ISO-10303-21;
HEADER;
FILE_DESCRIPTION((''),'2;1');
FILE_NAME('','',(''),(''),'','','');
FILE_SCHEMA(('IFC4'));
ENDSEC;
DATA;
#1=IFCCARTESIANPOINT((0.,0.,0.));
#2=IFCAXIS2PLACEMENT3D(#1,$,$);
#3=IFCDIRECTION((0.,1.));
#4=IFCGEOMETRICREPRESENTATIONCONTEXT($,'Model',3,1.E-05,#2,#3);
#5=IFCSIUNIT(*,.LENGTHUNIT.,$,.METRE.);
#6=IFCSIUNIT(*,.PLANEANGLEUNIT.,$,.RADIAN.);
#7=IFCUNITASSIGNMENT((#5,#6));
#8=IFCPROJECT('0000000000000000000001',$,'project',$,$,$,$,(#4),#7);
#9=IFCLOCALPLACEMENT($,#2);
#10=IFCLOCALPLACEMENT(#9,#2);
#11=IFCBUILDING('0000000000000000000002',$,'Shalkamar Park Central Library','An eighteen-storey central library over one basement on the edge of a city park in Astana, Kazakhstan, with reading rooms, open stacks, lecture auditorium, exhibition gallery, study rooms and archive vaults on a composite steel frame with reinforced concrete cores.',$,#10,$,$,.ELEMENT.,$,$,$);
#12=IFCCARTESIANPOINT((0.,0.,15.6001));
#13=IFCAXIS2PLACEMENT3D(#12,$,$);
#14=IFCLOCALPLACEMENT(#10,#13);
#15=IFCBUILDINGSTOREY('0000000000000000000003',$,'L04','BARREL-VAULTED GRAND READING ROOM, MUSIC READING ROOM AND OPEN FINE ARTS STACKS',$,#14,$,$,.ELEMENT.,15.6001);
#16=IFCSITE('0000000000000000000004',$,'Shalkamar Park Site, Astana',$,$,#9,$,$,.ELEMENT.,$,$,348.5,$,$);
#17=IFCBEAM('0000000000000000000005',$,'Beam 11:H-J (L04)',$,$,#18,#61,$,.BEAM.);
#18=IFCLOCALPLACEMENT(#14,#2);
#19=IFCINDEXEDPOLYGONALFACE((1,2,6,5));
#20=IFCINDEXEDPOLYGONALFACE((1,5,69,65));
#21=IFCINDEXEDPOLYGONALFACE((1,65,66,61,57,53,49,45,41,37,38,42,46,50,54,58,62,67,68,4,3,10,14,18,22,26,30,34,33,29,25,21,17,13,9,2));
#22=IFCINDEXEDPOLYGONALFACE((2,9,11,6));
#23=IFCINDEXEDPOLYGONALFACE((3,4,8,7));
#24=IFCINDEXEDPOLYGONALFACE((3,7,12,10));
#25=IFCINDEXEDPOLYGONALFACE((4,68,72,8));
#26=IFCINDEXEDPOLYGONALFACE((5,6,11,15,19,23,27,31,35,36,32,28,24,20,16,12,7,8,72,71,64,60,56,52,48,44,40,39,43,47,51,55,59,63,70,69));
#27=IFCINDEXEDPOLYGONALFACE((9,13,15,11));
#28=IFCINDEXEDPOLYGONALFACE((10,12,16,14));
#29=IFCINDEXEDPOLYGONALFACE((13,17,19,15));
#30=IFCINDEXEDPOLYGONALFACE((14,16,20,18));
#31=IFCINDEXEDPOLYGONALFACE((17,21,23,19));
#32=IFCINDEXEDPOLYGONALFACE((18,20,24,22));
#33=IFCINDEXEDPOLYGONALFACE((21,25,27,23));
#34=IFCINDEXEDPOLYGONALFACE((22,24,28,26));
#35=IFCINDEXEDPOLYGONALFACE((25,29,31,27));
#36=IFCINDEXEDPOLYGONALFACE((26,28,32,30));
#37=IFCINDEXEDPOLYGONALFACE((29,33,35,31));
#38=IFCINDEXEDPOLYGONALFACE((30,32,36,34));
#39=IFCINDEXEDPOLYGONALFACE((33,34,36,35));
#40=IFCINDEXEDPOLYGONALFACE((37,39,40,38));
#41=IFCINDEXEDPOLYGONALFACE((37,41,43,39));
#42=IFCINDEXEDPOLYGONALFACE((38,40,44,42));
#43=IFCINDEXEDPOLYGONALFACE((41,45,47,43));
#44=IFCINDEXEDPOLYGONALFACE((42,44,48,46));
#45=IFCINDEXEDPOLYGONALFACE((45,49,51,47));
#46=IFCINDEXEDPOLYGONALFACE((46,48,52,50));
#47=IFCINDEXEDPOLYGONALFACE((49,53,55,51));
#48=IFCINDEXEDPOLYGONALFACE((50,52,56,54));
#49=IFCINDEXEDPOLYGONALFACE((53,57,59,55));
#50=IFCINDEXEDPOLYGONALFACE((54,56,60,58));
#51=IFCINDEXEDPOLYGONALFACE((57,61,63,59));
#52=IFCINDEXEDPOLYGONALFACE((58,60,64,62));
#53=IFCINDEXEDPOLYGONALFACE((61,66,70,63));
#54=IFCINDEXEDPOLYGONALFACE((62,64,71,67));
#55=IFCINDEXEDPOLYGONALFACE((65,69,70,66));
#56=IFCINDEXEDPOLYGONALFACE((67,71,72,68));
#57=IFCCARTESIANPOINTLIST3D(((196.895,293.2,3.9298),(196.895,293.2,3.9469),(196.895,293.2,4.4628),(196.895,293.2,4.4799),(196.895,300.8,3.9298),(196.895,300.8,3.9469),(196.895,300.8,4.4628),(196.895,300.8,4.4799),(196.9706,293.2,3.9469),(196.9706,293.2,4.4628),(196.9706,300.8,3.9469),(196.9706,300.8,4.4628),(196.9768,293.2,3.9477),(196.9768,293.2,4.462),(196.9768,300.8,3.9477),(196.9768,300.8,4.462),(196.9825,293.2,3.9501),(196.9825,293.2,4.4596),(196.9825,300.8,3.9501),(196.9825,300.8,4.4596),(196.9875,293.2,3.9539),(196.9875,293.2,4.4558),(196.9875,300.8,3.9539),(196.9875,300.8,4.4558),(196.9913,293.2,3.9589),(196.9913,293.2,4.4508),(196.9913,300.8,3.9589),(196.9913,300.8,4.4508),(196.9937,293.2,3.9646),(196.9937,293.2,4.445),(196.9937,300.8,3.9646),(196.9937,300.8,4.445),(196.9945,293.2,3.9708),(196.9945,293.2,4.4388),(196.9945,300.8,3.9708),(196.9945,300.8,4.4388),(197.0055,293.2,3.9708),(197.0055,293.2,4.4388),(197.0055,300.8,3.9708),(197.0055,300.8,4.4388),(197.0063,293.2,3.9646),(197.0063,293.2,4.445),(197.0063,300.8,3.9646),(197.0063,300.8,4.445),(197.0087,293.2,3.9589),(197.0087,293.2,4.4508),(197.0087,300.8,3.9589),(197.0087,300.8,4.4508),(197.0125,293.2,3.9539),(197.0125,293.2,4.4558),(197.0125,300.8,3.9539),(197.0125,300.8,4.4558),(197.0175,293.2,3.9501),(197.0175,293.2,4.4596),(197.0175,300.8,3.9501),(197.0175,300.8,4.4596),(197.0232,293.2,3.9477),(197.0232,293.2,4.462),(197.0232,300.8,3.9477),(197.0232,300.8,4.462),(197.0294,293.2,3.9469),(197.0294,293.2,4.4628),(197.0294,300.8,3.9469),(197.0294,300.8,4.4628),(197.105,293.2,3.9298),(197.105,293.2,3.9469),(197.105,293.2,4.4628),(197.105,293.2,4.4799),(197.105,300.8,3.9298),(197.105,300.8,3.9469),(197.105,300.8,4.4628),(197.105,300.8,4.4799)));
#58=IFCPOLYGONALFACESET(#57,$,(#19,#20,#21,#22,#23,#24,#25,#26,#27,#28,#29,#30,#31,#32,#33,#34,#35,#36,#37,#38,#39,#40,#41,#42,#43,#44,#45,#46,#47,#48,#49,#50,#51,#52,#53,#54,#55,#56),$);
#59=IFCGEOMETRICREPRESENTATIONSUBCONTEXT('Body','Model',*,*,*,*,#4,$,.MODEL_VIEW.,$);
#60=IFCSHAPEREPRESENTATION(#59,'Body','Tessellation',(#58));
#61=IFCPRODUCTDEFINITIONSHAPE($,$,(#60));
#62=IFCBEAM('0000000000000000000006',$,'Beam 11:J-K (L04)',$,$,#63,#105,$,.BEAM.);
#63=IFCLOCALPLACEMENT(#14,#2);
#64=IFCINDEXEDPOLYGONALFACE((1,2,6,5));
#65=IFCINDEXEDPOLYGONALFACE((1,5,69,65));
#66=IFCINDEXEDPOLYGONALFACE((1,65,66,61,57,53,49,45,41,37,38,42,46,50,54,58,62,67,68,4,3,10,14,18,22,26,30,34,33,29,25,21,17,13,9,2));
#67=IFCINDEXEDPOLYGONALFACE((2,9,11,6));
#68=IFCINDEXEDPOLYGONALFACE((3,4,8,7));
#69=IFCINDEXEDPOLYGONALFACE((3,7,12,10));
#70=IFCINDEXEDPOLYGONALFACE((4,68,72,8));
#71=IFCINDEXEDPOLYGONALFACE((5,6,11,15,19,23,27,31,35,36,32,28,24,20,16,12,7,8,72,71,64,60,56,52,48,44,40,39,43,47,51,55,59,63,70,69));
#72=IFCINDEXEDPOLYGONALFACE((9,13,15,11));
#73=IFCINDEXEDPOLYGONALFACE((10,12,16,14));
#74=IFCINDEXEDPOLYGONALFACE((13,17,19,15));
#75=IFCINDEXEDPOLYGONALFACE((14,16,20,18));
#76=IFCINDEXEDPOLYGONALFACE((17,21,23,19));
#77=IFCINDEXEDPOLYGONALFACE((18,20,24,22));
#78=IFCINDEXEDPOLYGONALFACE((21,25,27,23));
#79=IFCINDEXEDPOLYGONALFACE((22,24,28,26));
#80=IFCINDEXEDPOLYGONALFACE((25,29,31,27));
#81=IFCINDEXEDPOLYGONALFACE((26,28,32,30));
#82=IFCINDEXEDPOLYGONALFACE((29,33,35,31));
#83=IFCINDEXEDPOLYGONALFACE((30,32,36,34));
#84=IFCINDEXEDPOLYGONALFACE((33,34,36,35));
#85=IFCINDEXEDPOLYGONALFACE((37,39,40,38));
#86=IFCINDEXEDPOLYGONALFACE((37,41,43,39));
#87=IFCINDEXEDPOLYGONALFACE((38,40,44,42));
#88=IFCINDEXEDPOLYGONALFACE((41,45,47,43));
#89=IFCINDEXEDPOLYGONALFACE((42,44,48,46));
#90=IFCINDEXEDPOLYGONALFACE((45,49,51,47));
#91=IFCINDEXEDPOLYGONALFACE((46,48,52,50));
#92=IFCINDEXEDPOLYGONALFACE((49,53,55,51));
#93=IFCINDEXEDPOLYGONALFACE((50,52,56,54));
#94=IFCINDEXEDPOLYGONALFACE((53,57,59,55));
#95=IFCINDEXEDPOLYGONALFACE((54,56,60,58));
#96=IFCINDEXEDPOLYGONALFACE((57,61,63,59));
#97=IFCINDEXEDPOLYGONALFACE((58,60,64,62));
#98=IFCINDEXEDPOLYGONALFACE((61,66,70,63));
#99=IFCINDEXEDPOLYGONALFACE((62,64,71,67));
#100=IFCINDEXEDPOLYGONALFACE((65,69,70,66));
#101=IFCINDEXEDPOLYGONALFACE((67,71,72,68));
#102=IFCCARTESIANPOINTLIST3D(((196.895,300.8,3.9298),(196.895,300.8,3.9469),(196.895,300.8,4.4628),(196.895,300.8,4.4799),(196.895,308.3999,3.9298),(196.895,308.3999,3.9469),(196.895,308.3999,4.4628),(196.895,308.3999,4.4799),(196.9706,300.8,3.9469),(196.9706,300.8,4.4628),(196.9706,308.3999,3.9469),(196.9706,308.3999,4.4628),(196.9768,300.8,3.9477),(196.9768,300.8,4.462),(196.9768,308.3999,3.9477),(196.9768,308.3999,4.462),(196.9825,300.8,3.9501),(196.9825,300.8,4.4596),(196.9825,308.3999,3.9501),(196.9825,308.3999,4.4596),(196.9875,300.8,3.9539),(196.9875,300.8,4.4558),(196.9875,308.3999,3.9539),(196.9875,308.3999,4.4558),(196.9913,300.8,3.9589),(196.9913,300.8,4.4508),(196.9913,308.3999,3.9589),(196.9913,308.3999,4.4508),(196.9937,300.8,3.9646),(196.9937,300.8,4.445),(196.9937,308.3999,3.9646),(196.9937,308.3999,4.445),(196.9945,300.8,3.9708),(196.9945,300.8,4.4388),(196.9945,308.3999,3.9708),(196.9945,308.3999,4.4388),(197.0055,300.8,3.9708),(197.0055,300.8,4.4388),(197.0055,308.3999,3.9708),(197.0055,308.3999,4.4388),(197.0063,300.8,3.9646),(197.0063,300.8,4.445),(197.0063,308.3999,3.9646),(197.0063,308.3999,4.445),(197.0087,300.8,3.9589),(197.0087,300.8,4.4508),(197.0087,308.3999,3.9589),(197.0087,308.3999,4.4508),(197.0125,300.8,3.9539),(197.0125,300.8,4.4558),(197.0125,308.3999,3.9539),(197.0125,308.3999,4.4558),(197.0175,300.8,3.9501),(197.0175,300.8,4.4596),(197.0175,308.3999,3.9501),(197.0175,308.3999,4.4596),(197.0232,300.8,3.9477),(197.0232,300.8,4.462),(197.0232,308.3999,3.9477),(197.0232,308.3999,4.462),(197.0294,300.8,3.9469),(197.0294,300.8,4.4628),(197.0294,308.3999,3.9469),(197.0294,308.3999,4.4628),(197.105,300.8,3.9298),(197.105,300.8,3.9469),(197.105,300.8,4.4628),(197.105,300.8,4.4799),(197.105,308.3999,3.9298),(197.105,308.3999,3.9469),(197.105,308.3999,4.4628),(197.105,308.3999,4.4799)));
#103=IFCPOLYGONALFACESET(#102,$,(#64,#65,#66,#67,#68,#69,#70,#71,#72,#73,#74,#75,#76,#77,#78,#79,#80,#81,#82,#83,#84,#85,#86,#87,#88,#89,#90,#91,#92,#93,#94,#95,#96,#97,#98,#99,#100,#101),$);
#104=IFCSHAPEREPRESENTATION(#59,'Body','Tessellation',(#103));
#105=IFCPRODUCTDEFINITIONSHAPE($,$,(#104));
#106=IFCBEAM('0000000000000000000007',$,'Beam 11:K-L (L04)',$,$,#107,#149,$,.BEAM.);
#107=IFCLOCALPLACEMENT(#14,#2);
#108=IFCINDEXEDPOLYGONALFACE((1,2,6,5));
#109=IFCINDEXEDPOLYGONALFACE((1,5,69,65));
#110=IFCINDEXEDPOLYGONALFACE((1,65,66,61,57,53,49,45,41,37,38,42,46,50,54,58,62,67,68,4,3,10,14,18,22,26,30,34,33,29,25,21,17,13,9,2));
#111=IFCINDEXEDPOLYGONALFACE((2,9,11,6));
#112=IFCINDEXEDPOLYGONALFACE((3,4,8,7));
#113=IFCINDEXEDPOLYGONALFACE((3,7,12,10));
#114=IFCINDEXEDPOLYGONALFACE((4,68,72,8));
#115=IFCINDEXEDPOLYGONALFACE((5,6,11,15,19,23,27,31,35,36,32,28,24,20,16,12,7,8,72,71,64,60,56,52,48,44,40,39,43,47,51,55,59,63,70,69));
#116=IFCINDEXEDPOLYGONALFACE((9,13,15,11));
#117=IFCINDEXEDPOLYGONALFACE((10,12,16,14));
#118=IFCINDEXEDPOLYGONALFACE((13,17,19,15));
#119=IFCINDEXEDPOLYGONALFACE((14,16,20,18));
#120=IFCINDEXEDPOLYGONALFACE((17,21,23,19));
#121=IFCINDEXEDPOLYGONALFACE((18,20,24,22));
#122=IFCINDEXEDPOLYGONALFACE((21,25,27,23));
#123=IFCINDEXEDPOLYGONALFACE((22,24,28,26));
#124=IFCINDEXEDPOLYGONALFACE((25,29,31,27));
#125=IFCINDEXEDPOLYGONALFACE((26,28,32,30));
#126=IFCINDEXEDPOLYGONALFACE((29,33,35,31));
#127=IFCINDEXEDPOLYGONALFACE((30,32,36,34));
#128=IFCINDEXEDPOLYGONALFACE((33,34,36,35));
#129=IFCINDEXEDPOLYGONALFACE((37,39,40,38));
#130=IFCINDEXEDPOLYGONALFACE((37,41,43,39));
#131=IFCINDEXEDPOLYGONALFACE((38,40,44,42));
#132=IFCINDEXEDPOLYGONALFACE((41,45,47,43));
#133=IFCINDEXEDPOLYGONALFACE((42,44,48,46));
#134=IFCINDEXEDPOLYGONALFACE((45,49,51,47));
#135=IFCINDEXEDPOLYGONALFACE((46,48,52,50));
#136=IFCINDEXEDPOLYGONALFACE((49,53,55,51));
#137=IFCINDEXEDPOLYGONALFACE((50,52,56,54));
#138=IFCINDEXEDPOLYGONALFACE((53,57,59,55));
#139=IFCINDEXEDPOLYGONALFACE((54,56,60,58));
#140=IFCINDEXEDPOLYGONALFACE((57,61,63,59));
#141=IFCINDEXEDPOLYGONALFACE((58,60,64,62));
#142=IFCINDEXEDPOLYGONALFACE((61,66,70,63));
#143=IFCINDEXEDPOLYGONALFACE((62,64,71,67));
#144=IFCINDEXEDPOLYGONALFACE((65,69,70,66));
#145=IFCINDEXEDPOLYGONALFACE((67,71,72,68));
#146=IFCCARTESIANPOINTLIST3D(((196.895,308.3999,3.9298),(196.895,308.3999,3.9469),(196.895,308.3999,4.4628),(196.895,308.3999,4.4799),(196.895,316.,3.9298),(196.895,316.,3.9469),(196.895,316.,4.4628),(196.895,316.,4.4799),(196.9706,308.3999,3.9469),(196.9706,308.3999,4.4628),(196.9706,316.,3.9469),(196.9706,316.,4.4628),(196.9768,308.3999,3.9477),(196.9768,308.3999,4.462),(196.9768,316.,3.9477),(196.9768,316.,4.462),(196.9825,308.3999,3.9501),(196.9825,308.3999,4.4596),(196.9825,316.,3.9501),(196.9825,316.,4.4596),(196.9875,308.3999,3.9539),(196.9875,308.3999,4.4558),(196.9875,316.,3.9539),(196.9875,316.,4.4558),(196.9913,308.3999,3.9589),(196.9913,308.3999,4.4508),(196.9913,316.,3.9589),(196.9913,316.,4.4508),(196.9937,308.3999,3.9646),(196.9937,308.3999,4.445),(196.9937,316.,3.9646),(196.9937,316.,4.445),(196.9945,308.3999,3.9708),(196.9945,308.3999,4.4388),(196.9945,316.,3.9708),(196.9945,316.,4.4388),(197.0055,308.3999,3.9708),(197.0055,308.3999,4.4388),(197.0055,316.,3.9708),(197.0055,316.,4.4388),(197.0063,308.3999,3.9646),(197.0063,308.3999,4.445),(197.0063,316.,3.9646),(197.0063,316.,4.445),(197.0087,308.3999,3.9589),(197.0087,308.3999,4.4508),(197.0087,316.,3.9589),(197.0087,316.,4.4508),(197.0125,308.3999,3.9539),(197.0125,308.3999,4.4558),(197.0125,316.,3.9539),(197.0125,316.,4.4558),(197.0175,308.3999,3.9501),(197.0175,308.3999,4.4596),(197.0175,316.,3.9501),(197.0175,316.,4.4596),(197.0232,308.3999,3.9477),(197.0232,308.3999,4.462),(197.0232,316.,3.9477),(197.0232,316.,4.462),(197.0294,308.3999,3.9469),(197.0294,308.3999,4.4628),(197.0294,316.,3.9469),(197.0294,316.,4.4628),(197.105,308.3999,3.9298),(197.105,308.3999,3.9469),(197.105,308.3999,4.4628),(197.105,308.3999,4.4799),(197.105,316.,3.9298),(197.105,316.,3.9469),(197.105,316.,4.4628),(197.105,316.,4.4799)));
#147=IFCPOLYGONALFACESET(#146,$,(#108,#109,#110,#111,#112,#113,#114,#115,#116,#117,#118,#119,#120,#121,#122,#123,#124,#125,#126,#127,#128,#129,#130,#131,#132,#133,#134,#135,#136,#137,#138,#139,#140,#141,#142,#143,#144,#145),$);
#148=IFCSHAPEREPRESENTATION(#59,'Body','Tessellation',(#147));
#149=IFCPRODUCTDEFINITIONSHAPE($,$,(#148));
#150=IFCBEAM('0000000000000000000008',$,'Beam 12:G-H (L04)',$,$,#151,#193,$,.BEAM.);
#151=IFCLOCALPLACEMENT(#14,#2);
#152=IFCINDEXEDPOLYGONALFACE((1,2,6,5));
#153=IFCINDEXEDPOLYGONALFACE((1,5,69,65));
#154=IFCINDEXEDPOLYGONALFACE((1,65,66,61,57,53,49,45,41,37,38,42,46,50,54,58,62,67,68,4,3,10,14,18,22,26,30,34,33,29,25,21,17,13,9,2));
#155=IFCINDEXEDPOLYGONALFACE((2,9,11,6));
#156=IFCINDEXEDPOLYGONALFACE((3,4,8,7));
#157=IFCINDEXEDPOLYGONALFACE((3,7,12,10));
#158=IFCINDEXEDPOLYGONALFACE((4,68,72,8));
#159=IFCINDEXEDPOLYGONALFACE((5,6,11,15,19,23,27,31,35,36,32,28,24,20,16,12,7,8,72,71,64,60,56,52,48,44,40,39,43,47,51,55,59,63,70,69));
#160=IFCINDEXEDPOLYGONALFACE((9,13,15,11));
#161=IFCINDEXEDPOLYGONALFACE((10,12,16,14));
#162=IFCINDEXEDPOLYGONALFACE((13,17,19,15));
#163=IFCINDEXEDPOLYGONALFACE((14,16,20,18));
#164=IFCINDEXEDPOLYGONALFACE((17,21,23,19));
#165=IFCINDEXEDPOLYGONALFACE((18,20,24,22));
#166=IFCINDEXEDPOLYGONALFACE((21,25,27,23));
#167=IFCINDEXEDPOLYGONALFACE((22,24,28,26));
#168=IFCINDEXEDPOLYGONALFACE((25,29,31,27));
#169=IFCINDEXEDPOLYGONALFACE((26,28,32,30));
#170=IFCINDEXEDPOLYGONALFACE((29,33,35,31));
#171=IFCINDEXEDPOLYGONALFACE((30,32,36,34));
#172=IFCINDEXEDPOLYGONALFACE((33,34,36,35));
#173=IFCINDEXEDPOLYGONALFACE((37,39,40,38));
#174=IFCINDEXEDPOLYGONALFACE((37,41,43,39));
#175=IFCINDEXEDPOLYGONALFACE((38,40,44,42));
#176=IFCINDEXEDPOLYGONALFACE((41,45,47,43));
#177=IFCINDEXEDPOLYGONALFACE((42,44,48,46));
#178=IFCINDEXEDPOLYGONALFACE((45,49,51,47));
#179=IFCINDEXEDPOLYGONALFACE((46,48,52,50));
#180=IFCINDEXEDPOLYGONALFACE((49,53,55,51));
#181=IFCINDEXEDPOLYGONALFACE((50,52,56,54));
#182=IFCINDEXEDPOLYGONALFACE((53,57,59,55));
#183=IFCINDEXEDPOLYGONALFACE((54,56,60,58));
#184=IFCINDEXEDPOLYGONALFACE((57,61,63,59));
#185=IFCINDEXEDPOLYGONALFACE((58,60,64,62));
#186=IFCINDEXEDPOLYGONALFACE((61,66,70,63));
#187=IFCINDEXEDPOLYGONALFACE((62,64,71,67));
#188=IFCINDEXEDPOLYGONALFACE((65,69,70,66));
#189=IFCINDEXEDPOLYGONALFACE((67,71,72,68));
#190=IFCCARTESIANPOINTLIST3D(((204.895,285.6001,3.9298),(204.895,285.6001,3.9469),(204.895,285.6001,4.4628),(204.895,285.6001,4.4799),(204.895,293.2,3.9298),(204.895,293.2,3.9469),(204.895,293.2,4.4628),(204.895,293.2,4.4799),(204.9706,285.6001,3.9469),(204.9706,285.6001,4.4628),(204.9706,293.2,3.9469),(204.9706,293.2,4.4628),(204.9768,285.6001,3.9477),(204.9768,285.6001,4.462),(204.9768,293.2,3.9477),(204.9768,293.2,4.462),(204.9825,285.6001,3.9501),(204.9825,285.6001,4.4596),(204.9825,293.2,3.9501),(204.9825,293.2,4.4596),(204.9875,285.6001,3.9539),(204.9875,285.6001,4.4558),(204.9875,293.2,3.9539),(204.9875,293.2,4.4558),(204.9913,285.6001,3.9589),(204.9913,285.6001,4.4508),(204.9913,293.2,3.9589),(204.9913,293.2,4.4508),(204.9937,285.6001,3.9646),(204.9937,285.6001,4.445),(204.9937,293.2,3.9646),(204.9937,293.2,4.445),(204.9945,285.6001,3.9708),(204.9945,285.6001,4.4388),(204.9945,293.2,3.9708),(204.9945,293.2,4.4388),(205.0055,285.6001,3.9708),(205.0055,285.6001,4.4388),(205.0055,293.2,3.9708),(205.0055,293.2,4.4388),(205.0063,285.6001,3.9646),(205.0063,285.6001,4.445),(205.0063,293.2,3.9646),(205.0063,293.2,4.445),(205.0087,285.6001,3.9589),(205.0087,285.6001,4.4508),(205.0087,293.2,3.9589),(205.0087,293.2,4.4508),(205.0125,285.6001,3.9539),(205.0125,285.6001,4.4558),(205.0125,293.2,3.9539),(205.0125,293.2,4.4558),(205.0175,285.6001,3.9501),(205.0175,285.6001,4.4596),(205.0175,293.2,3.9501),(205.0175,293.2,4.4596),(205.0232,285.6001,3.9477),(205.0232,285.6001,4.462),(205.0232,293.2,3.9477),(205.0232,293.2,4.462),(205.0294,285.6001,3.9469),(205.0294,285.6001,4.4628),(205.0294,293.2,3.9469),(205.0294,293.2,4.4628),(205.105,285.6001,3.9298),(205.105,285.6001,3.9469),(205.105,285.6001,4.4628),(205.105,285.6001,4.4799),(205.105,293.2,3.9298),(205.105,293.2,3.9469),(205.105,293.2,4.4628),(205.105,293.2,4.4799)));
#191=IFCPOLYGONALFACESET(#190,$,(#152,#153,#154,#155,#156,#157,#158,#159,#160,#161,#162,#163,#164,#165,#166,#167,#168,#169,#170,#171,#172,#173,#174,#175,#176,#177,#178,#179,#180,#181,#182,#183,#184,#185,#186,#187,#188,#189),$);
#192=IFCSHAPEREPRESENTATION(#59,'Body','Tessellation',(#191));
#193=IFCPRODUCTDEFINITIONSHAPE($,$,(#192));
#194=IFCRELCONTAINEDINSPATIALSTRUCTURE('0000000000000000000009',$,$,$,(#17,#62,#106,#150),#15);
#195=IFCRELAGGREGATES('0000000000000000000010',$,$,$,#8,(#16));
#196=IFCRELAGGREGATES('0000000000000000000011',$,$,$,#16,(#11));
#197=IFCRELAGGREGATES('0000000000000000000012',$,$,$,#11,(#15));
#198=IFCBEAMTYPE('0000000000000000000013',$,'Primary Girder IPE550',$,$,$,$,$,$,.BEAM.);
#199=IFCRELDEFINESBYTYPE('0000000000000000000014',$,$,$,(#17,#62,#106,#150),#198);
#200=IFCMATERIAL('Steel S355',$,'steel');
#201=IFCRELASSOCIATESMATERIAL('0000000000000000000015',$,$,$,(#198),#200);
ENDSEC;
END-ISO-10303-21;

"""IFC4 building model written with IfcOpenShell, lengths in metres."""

from ifc_helpers import new_model, si_unit, direction, frame, origin, origin_2d, place, context, subcontext, project, spatial, i_section, extrude, material, material_profile, profile_set, type_object, element, save


model = new_model("IFC4")

# Units and contexts
model_context = context("Model", 3, precision=1e-05, world=origin(), true_north=direction((0.0, 1.0)))
body_context = subcontext(model_context, "Body", "Model", "MODEL_VIEW")
ifc_project = project(units=[si_unit("LENGTHUNIT", "METRE"), si_unit("PLANEANGLEUNIT", "RADIAN")], contexts=[model_context])

# Site, building, storey
site_placement = place(None, origin())
site = spatial("IfcSite", under=ifc_project, at=site_placement, Name="Shalkamar Park Site, Astana", CompositionType="ELEMENT", RefElevation=348.5)
building_placement = place(site_placement, origin())
building = spatial("IfcBuilding", under=site, at=building_placement, Name="Shalkamar Park Central Library", Description="An eighteen-storey central library over one basement on the edge of a city park in Astana, Kazakhstan, with reading rooms, open stacks, lecture auditorium, exhibition gallery, study rooms and archive vaults on a composite steel frame with reinforced concrete cores.", CompositionType="ELEMENT")
storey_placement = place(building_placement, frame((0.0, 0.0, 15.6001)))
storey = spatial("IfcBuildingStorey", under=building, at=storey_placement, Name="L04", Description="BARREL-VAULTED GRAND READING ROOM, MUSIC READING ROOM AND OPEN FINE ARTS STACKS", CompositionType="ELEMENT", Elevation=15.6001)

# Shared definitions
ifc_material_1 = material(Name="Steel S355", Category="steel")

# Beams
ifc_material_profile_1 = material_profile(ifc_material_1, i_section(OverallWidth=0.21, OverallDepth=0.55, WebThickness=0.011, FlangeThickness=0.0171, FilletRadius=0.0239, at=origin_2d()), Name="IPE 550")
ifc_profile_set_1 = profile_set([ifc_material_profile_1], Name="Steel S355")
beam_type_1 = type_object("IfcBeamType", Name="Primary Girder IPE550", PredefinedType="BEAM", material=ifc_profile_set_1)
beam_1_placement = place(storey_placement, frame((197.0, 293.2, 4.2048), z_axis=(0.0, 1.0, 0.0), x_axis=(-1.0, 0.0, 0.0)))
element("IfcBeam", 1, at=beam_1_placement, inside=storey, type_object=beam_type_1, Name="Beam 11:H-J (L04)", PredefinedType="BEAM", context=body_context, shape_type="SweptSolid", body=[
    extrude(i_section(OverallWidth=0.21, OverallDepth=0.55, WebThickness=0.011, FlangeThickness=0.0171, FilletRadius=0.0239, at=origin_2d()), origin(), (0.0, 0.0, 1.0), 7.6001),
])
beam_2_placement = place(storey_placement, frame((197.0, 300.8, 4.2048), z_axis=(0.0, 1.0, 0.0), x_axis=(-1.0, 0.0, 0.0)))
element("IfcBeam", 2, at=beam_2_placement, inside=storey, type_object=beam_type_1, Name="Beam 11:J-K (L04)", PredefinedType="BEAM", context=body_context, shape_type="SweptSolid", body=[
    extrude(i_section(OverallWidth=0.21, OverallDepth=0.55, WebThickness=0.011, FlangeThickness=0.0171, FilletRadius=0.0239, at=origin_2d()), origin(), (0.0, 0.0, 1.0), 7.5999),
])
beam_3_placement = place(storey_placement, frame((197.0, 308.3999, 4.2048), z_axis=(0.0, 1.0, 0.0), x_axis=(-1.0, 0.0, 0.0)))
element("IfcBeam", 3, at=beam_3_placement, inside=storey, type_object=beam_type_1, Name="Beam 11:K-L (L04)", PredefinedType="BEAM", context=body_context, shape_type="SweptSolid", body=[
    extrude(i_section(OverallWidth=0.21, OverallDepth=0.55, WebThickness=0.011, FlangeThickness=0.0171, FilletRadius=0.0239, at=origin_2d()), origin(), (0.0, 0.0, 1.0), 7.6001),
])
beam_4_placement = place(storey_placement, frame((205.0, 285.6001, 4.2048), z_axis=(0.0, 1.0, 0.0), x_axis=(-1.0, 0.0, 0.0)))
element("IfcBeam", 4, at=beam_4_placement, inside=storey, type_object=beam_type_1, Name="Beam 12:G-H (L04)", PredefinedType="BEAM", context=body_context, shape_type="SweptSolid", body=[
    extrude(i_section(OverallWidth=0.21, OverallDepth=0.55, WebThickness=0.011, FlangeThickness=0.0171, FilletRadius=0.0239, at=origin_2d()), origin(), (0.0, 0.0, 1.0), 7.5999),
])

save(model, "model.ifc")
